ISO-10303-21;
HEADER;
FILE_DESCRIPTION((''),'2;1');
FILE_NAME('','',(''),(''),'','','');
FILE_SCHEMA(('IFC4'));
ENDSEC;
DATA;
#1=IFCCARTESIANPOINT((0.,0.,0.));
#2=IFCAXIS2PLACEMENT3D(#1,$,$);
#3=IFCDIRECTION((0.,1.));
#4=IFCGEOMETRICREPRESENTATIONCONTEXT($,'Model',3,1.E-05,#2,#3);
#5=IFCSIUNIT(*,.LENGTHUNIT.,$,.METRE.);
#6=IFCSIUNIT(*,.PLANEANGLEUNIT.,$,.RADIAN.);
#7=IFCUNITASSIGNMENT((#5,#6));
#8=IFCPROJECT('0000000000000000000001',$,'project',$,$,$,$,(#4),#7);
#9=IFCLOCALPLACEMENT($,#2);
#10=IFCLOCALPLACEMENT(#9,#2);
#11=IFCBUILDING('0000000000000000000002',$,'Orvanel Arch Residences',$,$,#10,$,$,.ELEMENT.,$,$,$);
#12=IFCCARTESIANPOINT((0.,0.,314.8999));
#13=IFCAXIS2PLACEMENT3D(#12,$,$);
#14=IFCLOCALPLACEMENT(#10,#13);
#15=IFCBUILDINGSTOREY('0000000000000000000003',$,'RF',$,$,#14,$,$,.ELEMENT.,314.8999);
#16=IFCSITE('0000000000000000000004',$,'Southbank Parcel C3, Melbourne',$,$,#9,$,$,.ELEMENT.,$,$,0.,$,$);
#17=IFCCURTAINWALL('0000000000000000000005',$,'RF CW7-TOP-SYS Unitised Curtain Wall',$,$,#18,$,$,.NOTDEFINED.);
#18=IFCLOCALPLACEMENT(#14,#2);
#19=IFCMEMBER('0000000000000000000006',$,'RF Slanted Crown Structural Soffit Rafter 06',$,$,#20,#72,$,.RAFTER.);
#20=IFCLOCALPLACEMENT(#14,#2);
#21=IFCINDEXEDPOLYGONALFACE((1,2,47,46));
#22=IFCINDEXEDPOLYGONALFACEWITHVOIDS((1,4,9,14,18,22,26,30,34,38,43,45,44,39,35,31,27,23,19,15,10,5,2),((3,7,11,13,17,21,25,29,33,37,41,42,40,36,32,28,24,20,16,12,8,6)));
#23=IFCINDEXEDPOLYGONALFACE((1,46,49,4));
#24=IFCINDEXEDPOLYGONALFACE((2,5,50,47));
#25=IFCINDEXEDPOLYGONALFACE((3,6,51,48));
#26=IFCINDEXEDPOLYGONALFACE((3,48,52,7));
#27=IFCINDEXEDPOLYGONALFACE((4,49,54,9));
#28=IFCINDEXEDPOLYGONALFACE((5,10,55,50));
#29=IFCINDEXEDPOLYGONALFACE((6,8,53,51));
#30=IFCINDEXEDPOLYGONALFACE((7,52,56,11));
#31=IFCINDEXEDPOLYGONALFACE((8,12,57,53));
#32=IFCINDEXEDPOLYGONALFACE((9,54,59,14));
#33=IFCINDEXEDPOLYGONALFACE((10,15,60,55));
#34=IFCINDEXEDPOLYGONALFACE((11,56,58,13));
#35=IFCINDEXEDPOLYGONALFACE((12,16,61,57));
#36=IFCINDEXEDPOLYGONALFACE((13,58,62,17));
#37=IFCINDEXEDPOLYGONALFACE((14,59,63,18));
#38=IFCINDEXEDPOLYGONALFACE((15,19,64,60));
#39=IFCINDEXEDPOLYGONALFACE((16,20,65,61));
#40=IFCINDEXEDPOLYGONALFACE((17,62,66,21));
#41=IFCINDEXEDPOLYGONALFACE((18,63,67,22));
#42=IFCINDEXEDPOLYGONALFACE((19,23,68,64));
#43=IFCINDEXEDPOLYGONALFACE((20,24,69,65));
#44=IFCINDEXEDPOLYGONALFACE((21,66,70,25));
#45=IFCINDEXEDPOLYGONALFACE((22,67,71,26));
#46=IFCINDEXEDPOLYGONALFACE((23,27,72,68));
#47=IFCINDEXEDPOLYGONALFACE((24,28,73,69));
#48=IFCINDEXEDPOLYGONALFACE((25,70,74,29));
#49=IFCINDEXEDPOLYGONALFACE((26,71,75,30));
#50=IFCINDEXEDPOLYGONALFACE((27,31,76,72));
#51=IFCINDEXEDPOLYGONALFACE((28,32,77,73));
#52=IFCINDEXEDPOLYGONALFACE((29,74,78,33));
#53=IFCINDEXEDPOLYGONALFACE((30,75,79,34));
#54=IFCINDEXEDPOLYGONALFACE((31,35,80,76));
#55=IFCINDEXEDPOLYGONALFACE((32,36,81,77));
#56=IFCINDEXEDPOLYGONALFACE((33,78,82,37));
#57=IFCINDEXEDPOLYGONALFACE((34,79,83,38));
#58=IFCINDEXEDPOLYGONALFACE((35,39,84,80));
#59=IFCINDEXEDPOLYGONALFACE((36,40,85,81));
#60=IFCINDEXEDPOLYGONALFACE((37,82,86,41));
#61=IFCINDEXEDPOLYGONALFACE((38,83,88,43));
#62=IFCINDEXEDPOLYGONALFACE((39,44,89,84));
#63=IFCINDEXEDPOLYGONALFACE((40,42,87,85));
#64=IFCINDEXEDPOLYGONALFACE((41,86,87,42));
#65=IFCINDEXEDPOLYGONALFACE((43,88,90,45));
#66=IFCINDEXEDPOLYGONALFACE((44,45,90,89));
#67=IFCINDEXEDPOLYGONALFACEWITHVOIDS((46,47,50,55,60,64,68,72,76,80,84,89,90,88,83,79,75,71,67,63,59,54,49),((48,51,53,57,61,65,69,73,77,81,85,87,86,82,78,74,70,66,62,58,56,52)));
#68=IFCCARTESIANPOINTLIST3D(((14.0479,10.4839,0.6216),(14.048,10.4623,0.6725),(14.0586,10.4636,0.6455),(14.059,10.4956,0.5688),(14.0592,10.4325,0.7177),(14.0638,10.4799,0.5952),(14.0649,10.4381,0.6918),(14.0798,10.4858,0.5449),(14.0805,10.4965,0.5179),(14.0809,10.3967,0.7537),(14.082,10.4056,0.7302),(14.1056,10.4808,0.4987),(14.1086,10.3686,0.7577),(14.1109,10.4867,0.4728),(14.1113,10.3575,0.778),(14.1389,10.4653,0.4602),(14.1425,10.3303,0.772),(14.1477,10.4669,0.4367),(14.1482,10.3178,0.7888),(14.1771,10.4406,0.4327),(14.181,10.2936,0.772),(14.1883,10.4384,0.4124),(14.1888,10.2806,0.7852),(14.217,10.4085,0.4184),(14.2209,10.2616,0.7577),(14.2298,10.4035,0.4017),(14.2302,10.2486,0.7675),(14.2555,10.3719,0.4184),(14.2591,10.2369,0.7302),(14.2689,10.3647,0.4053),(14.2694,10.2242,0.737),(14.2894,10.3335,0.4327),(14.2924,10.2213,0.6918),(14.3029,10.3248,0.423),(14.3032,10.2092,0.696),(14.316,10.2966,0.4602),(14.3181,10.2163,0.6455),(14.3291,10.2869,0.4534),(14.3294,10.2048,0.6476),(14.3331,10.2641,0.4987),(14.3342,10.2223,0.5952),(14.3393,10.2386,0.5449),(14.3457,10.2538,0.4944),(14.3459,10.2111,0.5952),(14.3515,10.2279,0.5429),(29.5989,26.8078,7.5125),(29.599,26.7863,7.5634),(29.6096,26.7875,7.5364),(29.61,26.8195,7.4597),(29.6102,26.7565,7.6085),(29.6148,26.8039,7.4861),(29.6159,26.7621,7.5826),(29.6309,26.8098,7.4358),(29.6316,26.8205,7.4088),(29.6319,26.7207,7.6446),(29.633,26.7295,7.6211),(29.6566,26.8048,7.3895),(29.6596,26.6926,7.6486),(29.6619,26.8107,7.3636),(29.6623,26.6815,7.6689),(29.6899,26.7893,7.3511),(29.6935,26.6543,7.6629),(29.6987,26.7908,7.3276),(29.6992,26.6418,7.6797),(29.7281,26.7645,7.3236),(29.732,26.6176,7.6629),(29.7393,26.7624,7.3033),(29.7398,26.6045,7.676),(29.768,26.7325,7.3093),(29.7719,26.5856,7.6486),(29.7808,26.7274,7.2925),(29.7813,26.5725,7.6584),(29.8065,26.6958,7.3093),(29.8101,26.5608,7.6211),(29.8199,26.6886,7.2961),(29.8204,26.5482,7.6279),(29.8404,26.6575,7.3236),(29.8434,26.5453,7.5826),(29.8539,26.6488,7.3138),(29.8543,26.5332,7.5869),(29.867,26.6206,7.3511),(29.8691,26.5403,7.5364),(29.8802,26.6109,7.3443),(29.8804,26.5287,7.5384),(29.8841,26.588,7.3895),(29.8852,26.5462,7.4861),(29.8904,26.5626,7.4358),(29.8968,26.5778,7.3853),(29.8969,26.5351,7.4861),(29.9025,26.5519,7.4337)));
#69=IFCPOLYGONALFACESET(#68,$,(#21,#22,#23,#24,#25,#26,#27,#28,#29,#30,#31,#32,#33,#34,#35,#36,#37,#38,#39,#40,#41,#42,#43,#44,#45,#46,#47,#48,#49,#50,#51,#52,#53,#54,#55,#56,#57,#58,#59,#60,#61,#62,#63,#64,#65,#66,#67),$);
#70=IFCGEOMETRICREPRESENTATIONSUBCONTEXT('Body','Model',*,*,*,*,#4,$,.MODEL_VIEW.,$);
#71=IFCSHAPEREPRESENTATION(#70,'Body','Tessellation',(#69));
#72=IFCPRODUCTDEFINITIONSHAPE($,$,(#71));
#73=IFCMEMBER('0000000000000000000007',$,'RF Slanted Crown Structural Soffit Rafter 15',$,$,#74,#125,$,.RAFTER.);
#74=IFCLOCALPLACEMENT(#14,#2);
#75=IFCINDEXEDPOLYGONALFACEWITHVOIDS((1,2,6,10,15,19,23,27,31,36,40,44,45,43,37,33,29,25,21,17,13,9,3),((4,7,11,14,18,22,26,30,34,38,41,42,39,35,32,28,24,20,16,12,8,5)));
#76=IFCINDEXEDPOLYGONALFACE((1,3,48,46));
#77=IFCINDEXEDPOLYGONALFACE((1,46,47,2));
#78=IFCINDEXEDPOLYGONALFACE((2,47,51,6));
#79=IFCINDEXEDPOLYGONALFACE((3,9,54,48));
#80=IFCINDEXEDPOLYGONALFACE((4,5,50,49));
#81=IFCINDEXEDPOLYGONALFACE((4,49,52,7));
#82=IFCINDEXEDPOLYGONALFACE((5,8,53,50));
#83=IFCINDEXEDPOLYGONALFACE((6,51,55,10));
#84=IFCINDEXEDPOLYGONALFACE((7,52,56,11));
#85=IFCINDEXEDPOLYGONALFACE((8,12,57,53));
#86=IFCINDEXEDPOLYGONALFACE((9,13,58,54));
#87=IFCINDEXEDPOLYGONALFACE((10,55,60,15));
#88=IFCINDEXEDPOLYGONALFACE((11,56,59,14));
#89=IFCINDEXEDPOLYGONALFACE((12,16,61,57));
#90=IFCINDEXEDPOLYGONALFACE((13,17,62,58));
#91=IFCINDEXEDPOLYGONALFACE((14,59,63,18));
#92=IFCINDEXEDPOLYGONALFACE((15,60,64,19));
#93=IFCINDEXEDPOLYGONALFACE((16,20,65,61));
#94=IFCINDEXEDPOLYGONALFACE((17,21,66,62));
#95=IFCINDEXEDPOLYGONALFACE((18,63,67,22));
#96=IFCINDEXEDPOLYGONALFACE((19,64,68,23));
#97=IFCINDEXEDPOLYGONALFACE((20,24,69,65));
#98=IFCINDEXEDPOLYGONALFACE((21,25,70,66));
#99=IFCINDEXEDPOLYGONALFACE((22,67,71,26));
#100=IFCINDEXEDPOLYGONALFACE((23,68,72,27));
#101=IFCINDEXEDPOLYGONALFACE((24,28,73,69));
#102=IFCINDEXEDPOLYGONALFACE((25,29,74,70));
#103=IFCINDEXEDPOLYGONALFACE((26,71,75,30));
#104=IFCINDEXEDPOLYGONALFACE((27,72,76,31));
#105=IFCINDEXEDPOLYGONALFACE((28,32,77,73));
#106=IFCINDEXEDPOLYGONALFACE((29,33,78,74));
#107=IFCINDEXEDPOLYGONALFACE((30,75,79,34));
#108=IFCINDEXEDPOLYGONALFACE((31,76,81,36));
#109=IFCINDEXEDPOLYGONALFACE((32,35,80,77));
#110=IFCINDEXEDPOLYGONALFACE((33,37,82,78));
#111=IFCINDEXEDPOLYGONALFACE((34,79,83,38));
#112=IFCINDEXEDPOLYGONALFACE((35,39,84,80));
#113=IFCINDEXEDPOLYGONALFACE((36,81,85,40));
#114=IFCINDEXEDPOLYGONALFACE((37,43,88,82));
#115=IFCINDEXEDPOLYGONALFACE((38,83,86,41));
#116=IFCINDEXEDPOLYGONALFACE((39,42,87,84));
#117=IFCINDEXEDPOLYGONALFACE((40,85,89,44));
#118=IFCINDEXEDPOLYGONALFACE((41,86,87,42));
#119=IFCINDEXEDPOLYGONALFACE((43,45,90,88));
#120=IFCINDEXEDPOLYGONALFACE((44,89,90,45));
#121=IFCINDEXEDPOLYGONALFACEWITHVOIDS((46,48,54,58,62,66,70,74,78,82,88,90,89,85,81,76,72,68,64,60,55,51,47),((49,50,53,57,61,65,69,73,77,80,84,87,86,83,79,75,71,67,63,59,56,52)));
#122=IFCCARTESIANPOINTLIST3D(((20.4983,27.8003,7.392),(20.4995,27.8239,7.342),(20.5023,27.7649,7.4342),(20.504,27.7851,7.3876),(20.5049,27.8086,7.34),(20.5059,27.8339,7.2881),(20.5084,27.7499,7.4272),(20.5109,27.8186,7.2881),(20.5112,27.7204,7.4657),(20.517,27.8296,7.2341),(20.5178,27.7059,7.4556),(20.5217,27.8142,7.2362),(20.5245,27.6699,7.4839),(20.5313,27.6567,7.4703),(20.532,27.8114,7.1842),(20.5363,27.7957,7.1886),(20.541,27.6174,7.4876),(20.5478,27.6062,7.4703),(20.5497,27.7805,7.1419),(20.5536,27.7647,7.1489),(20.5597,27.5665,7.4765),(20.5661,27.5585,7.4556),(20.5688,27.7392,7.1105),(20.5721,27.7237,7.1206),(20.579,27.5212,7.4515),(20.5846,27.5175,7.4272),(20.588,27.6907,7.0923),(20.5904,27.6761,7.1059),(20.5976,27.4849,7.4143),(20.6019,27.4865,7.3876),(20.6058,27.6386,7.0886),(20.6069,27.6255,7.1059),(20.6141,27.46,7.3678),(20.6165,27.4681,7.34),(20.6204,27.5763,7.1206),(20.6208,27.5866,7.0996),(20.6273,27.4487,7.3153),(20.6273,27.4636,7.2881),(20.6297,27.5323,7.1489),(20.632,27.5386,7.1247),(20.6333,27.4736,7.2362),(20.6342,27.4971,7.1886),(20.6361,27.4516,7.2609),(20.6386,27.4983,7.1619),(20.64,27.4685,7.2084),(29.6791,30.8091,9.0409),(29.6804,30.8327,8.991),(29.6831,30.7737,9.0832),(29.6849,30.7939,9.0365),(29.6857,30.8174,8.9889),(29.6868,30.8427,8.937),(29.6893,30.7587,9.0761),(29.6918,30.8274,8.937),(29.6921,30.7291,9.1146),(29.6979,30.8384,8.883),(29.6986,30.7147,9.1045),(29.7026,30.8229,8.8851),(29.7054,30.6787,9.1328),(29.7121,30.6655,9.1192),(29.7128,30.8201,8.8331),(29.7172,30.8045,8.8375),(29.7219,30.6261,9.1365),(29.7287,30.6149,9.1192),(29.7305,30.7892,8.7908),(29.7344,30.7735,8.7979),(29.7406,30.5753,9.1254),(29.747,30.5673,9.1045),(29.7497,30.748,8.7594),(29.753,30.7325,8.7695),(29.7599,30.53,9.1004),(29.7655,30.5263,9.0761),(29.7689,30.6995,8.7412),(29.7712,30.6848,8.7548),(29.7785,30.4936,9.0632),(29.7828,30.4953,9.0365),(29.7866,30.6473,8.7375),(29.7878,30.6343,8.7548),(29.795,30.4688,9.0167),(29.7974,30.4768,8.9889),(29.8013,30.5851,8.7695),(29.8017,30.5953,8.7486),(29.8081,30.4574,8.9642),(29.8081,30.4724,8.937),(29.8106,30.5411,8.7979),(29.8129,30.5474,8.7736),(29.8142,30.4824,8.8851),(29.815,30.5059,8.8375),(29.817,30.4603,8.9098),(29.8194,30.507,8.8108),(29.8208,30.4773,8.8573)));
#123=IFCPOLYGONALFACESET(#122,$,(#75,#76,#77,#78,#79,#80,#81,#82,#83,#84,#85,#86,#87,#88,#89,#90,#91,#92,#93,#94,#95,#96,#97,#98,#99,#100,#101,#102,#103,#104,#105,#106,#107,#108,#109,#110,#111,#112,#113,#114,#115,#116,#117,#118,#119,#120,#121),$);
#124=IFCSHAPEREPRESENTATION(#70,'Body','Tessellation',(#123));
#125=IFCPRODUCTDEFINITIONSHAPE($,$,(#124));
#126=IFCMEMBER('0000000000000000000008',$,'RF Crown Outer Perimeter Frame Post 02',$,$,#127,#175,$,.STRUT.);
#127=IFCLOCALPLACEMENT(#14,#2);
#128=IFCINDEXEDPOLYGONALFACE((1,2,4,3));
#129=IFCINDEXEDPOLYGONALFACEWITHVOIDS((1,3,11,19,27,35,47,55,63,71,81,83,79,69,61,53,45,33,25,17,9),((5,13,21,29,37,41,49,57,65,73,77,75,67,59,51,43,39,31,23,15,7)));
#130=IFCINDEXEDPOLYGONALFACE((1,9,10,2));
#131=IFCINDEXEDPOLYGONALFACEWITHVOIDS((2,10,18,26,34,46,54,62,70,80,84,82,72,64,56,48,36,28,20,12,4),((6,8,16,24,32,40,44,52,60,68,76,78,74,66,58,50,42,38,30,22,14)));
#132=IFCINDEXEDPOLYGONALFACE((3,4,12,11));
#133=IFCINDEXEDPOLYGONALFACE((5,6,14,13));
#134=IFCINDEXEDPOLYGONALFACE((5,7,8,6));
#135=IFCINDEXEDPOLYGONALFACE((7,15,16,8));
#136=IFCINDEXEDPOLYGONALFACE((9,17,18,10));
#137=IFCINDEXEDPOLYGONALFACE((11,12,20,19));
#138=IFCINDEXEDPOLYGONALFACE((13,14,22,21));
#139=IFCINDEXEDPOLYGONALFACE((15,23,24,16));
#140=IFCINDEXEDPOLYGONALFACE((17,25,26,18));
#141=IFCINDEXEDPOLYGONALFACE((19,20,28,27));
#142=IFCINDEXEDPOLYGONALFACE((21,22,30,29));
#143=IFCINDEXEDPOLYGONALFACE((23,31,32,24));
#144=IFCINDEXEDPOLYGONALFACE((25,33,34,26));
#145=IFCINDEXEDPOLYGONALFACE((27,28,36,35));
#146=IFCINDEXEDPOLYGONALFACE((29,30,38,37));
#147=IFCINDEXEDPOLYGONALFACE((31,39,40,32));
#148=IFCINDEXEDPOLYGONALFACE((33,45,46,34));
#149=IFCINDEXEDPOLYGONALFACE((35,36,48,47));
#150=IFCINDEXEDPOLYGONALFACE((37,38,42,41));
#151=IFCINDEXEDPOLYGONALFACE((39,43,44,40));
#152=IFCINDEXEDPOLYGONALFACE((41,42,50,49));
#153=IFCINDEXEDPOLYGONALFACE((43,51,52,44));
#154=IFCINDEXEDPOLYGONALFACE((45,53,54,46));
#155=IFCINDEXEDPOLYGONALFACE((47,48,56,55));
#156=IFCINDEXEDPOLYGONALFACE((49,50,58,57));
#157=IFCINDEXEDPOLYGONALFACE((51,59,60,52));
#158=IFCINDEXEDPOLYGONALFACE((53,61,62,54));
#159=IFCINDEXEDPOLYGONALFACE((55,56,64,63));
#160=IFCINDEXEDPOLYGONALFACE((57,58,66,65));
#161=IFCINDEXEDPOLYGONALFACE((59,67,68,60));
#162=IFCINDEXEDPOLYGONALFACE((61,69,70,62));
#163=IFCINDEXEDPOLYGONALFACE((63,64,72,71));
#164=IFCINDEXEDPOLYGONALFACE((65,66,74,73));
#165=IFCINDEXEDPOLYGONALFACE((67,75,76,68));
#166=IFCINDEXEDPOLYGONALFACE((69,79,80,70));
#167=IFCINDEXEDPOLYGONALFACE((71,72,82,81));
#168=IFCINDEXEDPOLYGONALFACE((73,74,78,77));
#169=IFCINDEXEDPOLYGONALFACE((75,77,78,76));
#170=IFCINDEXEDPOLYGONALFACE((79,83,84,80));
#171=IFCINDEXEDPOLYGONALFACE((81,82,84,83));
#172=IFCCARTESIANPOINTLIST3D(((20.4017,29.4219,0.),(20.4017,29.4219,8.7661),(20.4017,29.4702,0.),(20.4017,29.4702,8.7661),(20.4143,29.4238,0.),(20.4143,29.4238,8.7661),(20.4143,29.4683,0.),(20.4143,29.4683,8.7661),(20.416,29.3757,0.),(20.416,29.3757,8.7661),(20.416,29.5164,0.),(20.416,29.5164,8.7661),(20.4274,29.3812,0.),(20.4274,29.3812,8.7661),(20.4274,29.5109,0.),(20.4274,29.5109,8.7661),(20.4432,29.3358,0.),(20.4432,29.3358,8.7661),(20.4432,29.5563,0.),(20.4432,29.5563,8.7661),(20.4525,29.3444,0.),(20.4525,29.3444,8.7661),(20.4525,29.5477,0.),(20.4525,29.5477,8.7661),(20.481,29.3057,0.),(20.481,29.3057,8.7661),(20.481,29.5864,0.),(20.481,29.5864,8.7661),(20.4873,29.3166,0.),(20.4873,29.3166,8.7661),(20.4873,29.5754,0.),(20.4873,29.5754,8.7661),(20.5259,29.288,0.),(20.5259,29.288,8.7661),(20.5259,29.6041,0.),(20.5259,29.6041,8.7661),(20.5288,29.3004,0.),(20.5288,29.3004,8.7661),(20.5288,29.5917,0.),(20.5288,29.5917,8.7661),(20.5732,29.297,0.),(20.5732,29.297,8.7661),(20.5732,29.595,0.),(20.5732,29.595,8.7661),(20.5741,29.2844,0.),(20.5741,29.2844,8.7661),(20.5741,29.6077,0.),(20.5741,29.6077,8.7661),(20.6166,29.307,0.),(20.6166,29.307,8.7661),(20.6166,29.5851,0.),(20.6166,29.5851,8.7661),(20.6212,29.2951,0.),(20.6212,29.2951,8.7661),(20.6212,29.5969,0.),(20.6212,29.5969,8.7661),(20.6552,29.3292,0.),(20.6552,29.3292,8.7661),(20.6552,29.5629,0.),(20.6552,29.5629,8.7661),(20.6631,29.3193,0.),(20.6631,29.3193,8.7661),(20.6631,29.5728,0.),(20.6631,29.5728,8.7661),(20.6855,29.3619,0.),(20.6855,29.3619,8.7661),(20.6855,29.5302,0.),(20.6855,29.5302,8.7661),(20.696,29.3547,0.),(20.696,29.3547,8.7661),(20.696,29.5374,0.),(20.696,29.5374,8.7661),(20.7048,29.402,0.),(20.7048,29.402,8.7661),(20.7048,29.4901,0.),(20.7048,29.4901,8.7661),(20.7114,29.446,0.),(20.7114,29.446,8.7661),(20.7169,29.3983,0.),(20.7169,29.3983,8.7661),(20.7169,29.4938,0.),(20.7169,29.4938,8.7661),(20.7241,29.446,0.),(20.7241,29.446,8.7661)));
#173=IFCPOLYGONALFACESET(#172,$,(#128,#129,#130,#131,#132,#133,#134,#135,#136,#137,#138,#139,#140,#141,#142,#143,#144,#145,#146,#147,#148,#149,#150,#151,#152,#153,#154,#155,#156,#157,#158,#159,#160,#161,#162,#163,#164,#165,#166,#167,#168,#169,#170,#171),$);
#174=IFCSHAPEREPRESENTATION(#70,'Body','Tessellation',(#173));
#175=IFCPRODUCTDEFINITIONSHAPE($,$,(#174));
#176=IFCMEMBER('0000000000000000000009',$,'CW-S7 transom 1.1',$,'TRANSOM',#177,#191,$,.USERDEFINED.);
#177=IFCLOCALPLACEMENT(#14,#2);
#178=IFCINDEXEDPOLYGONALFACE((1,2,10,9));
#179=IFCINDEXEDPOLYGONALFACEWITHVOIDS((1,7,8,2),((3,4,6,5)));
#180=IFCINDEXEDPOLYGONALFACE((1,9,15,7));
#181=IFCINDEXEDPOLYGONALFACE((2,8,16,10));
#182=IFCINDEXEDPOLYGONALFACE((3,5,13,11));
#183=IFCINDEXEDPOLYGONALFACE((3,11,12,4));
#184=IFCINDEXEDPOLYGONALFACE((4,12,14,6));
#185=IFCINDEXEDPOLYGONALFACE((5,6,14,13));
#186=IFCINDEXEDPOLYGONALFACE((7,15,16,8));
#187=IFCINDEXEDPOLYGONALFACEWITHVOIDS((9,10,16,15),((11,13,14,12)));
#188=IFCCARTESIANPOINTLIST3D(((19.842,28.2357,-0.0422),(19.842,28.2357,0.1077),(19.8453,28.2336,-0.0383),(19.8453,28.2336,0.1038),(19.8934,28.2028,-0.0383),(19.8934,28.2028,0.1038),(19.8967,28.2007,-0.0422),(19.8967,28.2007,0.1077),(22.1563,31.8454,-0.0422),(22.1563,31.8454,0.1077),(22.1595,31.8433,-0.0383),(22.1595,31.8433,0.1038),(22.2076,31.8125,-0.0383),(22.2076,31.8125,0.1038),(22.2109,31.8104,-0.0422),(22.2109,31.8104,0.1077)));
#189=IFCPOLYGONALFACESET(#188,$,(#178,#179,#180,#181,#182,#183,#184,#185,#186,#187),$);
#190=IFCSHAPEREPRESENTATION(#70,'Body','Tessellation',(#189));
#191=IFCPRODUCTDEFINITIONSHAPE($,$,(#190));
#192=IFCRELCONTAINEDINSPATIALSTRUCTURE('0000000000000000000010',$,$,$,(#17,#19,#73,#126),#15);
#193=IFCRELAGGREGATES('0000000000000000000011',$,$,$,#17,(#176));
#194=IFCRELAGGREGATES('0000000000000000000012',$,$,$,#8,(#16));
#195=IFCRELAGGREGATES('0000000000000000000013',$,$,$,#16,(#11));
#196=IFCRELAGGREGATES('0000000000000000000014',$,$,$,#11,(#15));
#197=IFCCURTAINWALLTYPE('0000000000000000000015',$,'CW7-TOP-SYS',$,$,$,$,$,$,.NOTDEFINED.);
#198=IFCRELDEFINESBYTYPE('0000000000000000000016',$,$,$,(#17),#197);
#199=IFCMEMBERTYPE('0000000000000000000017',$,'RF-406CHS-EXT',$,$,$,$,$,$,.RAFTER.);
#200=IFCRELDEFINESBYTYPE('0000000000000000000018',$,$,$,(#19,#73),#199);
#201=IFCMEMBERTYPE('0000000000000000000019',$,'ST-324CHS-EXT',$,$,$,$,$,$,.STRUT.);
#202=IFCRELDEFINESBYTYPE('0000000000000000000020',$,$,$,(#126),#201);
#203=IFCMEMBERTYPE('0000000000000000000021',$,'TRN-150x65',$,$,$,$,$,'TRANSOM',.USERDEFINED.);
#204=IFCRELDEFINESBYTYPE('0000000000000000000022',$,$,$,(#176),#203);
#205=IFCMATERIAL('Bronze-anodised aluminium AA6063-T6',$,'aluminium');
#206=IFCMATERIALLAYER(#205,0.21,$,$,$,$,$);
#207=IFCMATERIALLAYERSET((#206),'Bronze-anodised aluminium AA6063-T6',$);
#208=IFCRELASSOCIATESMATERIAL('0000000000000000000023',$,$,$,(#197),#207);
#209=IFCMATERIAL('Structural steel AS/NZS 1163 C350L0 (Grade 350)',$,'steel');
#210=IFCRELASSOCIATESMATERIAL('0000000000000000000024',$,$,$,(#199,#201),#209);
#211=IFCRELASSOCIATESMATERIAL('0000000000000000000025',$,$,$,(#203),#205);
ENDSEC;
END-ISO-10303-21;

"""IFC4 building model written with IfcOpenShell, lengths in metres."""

from ifc_helpers import new_model, si_unit, direction, frame, origin, origin_2d, place, context, subcontext, project, spatial, hollow_rectangle, hollow_circle, extrude, material, layer, layer_set, material_profile, profile_set, type_object, element, aggregate, save


model = new_model("IFC4")

# Units and contexts
model_context = context("Model", 3, precision=1e-05, world=origin(), true_north=direction((0.0, 1.0)))
body_context = subcontext(model_context, "Body", "Model", "MODEL_VIEW")
ifc_project = project(units=[si_unit("LENGTHUNIT", "METRE"), si_unit("PLANEANGLEUNIT", "RADIAN")], contexts=[model_context])

# Site, building, storey
site_placement = place(None, origin())
site = spatial("IfcSite", under=ifc_project, at=site_placement, Name="Southbank Parcel C3, Melbourne", CompositionType="ELEMENT", RefElevation=0.0)
building_placement = place(site_placement, origin())
building = spatial("IfcBuilding", under=site, at=building_placement, Name="Orvanel Arch Residences", CompositionType="ELEMENT")
storey_placement = place(building_placement, frame((0.0, 0.0, 314.8999)))
storey = spatial("IfcBuildingStorey", under=building, at=storey_placement, Name="RF", CompositionType="ELEMENT", Elevation=314.8999)

# Shared definitions
ifc_material_1 = material(Name="Structural steel AS/NZS 1163 C350L0 (Grade 350)", Category="steel")

# Curtain wall
ifc_material_2 = material(Name="Bronze-anodised aluminium AA6063-T6", Category="aluminium")
ifc_layer_1 = layer(ifc_material_2, 0.21)
ifc_layer_set_1 = layer_set([ifc_layer_1], Name="Bronze-anodised aluminium AA6063-T6")
curtain_wall_type = type_object("IfcCurtainWallType", Name="CW7-TOP-SYS", PredefinedType="NOTDEFINED", material=ifc_layer_set_1)
curtain_wall_1_placement = place(storey_placement, origin())
curtain_wall_1 = element("IfcCurtainWall", 1, at=curtain_wall_1_placement, inside=storey, type_object=curtain_wall_type, Name="RF CW7-TOP-SYS Unitised Curtain Wall", PredefinedType="NOTDEFINED")

# Members
ifc_material_profile_1 = material_profile(ifc_material_1, hollow_circle(Radius=0.2029, WallThickness=0.0161, at=origin_2d()), Name="CHS406x16")
ifc_profile_set_1 = profile_set([ifc_material_profile_1], Name="Structural steel AS/NZS 1163 C350L0 (Grade 350)")
member_type_1 = type_object("IfcMemberType", Name="RF-406CHS-EXT", PredefinedType="RAFTER", material=ifc_profile_set_1)
member_1_placement = place(storey_placement, frame((29.75, 26.675, 7.4861), z_axis=(-0.659635, -0.692421, -0.292293), x_axis=(0.724041, -0.689757, 0.0)))
element("IfcMember", 2, at=member_1_placement, inside=storey, type_object=member_type_1, Name="RF Slanted Crown Structural Soffit Rafter 06", PredefinedType="RAFTER", context=body_context, shape_type="SweptSolid", body=[
    extrude(hollow_circle(Radius=0.2029, WallThickness=0.0161, at=origin_2d()), origin(), (0.0, 0.0, 1.0), 23.5752),
])
member_2_placement = place(storey_placement, frame((20.5691, 27.6411, 7.2881), z_axis=(0.936726, 0.306986, 0.168239), x_axis=(-0.311425, 0.950271, 0.0)))
element("IfcMember", 3, at=member_2_placement, inside=storey, type_object=member_type_1, Name="RF Slanted Crown Structural Soffit Rafter 15", PredefinedType="RAFTER", context=body_context, shape_type="SweptSolid", body=[
    extrude(hollow_circle(Radius=0.2029, WallThickness=0.0161, at=origin_2d()), origin(), (0.0, 0.0, 1.0), 9.801),
])
ifc_material_profile_2 = material_profile(ifc_material_1, hollow_circle(Radius=0.1621, WallThickness=0.0127, at=origin_2d()), Name="CHS324x12.7")
ifc_profile_set_2 = profile_set([ifc_material_profile_2], Name="Structural steel AS/NZS 1163 C350L0 (Grade 350)")
member_type_2 = type_object("IfcMemberType", Name="ST-324CHS-EXT", PredefinedType="STRUT", material=ifc_profile_set_2)
member_3_placement = place(storey_placement, frame((20.562, 29.446, 0.0), z_axis=(0.0, 0.0, 1.0), x_axis=(1.0, 0.0, 0.0)))
element("IfcMember", 4, at=member_3_placement, inside=storey, type_object=member_type_2, Name="RF Crown Outer Perimeter Frame Post 02", PredefinedType="STRUT", context=body_context, shape_type="SweptSolid", body=[
    extrude(hollow_circle(Radius=0.1621, WallThickness=0.0127, at=origin_2d()), origin(), (0.0, 0.0, 1.0), 8.7661),
])

# Member
ifc_material_profile_3 = material_profile(ifc_material_2, hollow_rectangle(XDim=0.0649, YDim=0.1499, WallThickness=0.0039, at=origin_2d()), Name="ALU150x65x4")
ifc_profile_set_3 = profile_set([ifc_material_profile_3], Name="Bronze-anodised aluminium AA6063-T6")
member_type_3 = type_object("IfcMemberType", Name="TRN-150x65", ElementType="TRANSOM", PredefinedType="USERDEFINED", material=ifc_profile_set_3)
member_4_placement = place(storey_placement, frame((22.1836, 31.8279, 0.0327), z_axis=(-0.539724, -0.841842, 0.0), x_axis=(0.841842, -0.539724, 0.0)))
member_4 = element("IfcMember", 5, at=member_4_placement, type_object=member_type_3, Name="CW-S7 transom 1.1", ObjectType="TRANSOM", PredefinedType="USERDEFINED", context=body_context, shape_type="SweptSolid", body=[
    extrude(hollow_rectangle(XDim=0.0649, YDim=0.1499, WallThickness=0.0039, at=origin_2d()), origin(), (0.0, 0.0, 1.0), 4.2878),
])

aggregate(curtain_wall_1, [member_4])

save(model, "model.ifc")
